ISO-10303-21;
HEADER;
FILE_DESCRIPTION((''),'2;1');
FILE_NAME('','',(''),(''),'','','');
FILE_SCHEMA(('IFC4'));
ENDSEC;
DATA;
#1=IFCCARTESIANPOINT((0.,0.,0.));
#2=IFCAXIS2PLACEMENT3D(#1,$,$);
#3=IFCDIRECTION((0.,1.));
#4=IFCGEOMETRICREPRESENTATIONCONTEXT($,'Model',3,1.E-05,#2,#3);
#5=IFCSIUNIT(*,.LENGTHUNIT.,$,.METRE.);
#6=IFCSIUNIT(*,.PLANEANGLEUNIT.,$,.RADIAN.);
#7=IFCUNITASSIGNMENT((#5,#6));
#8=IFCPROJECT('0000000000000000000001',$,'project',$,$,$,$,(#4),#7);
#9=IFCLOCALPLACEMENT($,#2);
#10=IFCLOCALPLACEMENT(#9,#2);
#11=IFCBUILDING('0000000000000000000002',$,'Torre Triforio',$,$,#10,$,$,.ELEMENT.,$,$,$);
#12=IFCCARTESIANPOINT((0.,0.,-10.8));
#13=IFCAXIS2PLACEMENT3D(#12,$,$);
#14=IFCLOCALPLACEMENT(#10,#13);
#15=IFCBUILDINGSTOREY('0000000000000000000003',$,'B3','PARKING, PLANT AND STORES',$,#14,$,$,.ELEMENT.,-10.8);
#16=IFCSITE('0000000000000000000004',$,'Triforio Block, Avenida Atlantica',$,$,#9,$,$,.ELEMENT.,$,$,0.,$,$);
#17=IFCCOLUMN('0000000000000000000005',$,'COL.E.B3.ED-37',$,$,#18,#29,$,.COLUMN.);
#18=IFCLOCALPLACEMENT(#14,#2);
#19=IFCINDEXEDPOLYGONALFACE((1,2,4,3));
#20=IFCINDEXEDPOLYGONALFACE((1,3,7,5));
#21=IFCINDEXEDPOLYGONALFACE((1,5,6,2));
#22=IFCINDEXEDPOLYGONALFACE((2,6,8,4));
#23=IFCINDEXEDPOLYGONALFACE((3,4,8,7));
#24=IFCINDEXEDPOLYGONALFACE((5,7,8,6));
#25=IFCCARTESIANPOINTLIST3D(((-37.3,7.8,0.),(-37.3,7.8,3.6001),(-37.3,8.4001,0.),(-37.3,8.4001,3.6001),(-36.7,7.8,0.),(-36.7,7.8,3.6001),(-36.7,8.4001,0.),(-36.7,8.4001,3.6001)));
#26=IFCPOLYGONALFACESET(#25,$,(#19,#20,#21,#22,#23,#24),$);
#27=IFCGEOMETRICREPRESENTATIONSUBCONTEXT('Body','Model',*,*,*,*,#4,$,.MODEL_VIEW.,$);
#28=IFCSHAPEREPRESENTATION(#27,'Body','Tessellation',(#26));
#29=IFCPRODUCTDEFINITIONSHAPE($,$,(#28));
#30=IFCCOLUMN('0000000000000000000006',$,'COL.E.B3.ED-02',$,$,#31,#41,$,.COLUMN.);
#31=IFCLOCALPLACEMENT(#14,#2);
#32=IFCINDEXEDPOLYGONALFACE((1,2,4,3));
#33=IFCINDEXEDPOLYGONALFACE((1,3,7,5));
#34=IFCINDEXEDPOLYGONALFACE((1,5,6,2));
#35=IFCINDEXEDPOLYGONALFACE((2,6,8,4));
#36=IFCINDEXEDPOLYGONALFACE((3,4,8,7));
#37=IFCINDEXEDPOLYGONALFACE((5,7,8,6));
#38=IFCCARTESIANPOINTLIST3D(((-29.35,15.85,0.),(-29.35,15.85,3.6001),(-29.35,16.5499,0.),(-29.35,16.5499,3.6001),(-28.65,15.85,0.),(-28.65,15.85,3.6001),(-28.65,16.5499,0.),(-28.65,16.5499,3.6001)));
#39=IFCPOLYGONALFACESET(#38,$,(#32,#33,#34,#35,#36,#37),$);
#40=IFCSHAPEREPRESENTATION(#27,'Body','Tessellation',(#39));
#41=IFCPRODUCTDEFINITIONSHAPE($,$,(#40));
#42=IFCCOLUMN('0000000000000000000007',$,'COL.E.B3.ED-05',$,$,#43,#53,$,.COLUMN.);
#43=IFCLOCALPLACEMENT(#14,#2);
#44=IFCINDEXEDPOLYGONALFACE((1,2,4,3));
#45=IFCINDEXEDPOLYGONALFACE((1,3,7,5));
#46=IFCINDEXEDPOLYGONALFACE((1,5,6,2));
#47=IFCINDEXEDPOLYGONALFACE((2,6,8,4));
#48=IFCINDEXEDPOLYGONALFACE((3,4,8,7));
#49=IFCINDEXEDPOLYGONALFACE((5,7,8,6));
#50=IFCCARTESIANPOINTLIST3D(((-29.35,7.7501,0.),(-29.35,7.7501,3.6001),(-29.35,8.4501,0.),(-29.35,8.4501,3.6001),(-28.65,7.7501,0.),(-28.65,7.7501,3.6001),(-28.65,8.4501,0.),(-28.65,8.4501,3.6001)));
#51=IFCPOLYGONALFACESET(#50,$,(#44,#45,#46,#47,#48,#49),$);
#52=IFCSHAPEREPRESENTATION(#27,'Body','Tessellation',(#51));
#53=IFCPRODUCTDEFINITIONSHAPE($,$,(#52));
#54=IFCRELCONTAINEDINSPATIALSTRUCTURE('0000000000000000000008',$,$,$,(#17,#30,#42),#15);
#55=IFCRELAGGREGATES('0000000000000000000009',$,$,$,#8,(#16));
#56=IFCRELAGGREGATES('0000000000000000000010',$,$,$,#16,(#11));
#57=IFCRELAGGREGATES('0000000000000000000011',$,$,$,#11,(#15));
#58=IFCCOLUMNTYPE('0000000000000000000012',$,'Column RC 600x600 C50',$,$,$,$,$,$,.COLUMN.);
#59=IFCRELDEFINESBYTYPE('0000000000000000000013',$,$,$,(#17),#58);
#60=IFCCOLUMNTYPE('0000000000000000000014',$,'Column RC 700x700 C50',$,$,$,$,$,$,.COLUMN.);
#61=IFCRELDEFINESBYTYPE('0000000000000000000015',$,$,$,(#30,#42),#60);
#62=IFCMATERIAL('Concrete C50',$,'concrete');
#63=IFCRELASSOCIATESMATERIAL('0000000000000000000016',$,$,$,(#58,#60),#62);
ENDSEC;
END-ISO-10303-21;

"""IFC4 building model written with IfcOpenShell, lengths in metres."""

from ifc_helpers import new_model, si_unit, direction, frame, origin, origin_2d, place, context, subcontext, project, spatial, rectangle, extrude, material, material_profile, profile_set, type_object, element, save


model = new_model("IFC4")

# Units and contexts
model_context = context("Model", 3, precision=1e-05, world=origin(), true_north=direction((0.0, 1.0)))
body_context = subcontext(model_context, "Body", "Model", "MODEL_VIEW")
ifc_project = project(units=[si_unit("LENGTHUNIT", "METRE"), si_unit("PLANEANGLEUNIT", "RADIAN")], contexts=[model_context])

# Site, building, storey
site_placement = place(None, origin())
site = spatial("IfcSite", under=ifc_project, at=site_placement, Name="Triforio Block, Avenida Atlantica", CompositionType="ELEMENT", RefElevation=0.0)
building_placement = place(site_placement, origin())
building = spatial("IfcBuilding", under=site, at=building_placement, Name="Torre Triforio", CompositionType="ELEMENT")
storey_placement = place(building_placement, frame((0.0, 0.0, -10.8)))
storey = spatial("IfcBuildingStorey", under=building, at=storey_placement, Name="B3", Description="PARKING, PLANT AND STORES", CompositionType="ELEMENT", Elevation=-10.8)

# Shared definitions
ifc_material_1 = material(Name="Concrete C50", Category="concrete")

# Columns
ifc_material_profile_1 = material_profile(ifc_material_1, rectangle(XDim=0.6001, YDim=0.6001, at=origin_2d()), Name="RC 600x600")
ifc_profile_set_1 = profile_set([ifc_material_profile_1], Name="Concrete C50")
column_type_1 = type_object("IfcColumnType", Name="Column RC 600x600 C50", PredefinedType="COLUMN", material=ifc_profile_set_1)
for number, where, z_axis, x_axis, name in (
    (1, (-37.0, 8.1001, 0.0), (0.0, 0.0, 1.0), (1.0, 0.0, 0.0), "COL.E.B3.ED-37"),
):
    element("IfcColumn", number, at=place(storey_placement, frame(where, z_axis=z_axis, x_axis=x_axis)), inside=storey, type_object=column_type_1, Name=name, PredefinedType="COLUMN", context=body_context, shape_type="SweptSolid", body=[
        extrude(rectangle(XDim=0.6001, YDim=0.6001, at=origin_2d()), origin(), (0.0, 0.0, 1.0), 3.6001),
    ])
ifc_material_profile_2 = material_profile(ifc_material_1, rectangle(XDim=0.7, YDim=0.7, at=origin_2d()), Name="RC 700x700")
ifc_profile_set_2 = profile_set([ifc_material_profile_2], Name="Concrete C50")
column_type_2 = type_object("IfcColumnType", Name="Column RC 700x700 C50", PredefinedType="COLUMN", material=ifc_profile_set_2)
for number, where, z_axis, x_axis, name in (
    (2, (-29.0, 16.2, 0.0), (0.0, 0.0, 1.0), (1.0, 0.0, 0.0), "COL.E.B3.ED-02"),
    (3, (-29.0, 8.1001, 0.0), (0.0, 0.0, 1.0), (1.0, 0.0, 0.0), "COL.E.B3.ED-05"),
):
    element("IfcColumn", number, at=place(storey_placement, frame(where, z_axis=z_axis, x_axis=x_axis)), inside=storey, type_object=column_type_2, Name=name, PredefinedType="COLUMN", context=body_context, shape_type="SweptSolid", body=[
        extrude(rectangle(XDim=0.7, YDim=0.7, at=origin_2d()), origin(), (0.0, 0.0, 1.0), 3.6001),
    ])

save(model, "model.ifc")
